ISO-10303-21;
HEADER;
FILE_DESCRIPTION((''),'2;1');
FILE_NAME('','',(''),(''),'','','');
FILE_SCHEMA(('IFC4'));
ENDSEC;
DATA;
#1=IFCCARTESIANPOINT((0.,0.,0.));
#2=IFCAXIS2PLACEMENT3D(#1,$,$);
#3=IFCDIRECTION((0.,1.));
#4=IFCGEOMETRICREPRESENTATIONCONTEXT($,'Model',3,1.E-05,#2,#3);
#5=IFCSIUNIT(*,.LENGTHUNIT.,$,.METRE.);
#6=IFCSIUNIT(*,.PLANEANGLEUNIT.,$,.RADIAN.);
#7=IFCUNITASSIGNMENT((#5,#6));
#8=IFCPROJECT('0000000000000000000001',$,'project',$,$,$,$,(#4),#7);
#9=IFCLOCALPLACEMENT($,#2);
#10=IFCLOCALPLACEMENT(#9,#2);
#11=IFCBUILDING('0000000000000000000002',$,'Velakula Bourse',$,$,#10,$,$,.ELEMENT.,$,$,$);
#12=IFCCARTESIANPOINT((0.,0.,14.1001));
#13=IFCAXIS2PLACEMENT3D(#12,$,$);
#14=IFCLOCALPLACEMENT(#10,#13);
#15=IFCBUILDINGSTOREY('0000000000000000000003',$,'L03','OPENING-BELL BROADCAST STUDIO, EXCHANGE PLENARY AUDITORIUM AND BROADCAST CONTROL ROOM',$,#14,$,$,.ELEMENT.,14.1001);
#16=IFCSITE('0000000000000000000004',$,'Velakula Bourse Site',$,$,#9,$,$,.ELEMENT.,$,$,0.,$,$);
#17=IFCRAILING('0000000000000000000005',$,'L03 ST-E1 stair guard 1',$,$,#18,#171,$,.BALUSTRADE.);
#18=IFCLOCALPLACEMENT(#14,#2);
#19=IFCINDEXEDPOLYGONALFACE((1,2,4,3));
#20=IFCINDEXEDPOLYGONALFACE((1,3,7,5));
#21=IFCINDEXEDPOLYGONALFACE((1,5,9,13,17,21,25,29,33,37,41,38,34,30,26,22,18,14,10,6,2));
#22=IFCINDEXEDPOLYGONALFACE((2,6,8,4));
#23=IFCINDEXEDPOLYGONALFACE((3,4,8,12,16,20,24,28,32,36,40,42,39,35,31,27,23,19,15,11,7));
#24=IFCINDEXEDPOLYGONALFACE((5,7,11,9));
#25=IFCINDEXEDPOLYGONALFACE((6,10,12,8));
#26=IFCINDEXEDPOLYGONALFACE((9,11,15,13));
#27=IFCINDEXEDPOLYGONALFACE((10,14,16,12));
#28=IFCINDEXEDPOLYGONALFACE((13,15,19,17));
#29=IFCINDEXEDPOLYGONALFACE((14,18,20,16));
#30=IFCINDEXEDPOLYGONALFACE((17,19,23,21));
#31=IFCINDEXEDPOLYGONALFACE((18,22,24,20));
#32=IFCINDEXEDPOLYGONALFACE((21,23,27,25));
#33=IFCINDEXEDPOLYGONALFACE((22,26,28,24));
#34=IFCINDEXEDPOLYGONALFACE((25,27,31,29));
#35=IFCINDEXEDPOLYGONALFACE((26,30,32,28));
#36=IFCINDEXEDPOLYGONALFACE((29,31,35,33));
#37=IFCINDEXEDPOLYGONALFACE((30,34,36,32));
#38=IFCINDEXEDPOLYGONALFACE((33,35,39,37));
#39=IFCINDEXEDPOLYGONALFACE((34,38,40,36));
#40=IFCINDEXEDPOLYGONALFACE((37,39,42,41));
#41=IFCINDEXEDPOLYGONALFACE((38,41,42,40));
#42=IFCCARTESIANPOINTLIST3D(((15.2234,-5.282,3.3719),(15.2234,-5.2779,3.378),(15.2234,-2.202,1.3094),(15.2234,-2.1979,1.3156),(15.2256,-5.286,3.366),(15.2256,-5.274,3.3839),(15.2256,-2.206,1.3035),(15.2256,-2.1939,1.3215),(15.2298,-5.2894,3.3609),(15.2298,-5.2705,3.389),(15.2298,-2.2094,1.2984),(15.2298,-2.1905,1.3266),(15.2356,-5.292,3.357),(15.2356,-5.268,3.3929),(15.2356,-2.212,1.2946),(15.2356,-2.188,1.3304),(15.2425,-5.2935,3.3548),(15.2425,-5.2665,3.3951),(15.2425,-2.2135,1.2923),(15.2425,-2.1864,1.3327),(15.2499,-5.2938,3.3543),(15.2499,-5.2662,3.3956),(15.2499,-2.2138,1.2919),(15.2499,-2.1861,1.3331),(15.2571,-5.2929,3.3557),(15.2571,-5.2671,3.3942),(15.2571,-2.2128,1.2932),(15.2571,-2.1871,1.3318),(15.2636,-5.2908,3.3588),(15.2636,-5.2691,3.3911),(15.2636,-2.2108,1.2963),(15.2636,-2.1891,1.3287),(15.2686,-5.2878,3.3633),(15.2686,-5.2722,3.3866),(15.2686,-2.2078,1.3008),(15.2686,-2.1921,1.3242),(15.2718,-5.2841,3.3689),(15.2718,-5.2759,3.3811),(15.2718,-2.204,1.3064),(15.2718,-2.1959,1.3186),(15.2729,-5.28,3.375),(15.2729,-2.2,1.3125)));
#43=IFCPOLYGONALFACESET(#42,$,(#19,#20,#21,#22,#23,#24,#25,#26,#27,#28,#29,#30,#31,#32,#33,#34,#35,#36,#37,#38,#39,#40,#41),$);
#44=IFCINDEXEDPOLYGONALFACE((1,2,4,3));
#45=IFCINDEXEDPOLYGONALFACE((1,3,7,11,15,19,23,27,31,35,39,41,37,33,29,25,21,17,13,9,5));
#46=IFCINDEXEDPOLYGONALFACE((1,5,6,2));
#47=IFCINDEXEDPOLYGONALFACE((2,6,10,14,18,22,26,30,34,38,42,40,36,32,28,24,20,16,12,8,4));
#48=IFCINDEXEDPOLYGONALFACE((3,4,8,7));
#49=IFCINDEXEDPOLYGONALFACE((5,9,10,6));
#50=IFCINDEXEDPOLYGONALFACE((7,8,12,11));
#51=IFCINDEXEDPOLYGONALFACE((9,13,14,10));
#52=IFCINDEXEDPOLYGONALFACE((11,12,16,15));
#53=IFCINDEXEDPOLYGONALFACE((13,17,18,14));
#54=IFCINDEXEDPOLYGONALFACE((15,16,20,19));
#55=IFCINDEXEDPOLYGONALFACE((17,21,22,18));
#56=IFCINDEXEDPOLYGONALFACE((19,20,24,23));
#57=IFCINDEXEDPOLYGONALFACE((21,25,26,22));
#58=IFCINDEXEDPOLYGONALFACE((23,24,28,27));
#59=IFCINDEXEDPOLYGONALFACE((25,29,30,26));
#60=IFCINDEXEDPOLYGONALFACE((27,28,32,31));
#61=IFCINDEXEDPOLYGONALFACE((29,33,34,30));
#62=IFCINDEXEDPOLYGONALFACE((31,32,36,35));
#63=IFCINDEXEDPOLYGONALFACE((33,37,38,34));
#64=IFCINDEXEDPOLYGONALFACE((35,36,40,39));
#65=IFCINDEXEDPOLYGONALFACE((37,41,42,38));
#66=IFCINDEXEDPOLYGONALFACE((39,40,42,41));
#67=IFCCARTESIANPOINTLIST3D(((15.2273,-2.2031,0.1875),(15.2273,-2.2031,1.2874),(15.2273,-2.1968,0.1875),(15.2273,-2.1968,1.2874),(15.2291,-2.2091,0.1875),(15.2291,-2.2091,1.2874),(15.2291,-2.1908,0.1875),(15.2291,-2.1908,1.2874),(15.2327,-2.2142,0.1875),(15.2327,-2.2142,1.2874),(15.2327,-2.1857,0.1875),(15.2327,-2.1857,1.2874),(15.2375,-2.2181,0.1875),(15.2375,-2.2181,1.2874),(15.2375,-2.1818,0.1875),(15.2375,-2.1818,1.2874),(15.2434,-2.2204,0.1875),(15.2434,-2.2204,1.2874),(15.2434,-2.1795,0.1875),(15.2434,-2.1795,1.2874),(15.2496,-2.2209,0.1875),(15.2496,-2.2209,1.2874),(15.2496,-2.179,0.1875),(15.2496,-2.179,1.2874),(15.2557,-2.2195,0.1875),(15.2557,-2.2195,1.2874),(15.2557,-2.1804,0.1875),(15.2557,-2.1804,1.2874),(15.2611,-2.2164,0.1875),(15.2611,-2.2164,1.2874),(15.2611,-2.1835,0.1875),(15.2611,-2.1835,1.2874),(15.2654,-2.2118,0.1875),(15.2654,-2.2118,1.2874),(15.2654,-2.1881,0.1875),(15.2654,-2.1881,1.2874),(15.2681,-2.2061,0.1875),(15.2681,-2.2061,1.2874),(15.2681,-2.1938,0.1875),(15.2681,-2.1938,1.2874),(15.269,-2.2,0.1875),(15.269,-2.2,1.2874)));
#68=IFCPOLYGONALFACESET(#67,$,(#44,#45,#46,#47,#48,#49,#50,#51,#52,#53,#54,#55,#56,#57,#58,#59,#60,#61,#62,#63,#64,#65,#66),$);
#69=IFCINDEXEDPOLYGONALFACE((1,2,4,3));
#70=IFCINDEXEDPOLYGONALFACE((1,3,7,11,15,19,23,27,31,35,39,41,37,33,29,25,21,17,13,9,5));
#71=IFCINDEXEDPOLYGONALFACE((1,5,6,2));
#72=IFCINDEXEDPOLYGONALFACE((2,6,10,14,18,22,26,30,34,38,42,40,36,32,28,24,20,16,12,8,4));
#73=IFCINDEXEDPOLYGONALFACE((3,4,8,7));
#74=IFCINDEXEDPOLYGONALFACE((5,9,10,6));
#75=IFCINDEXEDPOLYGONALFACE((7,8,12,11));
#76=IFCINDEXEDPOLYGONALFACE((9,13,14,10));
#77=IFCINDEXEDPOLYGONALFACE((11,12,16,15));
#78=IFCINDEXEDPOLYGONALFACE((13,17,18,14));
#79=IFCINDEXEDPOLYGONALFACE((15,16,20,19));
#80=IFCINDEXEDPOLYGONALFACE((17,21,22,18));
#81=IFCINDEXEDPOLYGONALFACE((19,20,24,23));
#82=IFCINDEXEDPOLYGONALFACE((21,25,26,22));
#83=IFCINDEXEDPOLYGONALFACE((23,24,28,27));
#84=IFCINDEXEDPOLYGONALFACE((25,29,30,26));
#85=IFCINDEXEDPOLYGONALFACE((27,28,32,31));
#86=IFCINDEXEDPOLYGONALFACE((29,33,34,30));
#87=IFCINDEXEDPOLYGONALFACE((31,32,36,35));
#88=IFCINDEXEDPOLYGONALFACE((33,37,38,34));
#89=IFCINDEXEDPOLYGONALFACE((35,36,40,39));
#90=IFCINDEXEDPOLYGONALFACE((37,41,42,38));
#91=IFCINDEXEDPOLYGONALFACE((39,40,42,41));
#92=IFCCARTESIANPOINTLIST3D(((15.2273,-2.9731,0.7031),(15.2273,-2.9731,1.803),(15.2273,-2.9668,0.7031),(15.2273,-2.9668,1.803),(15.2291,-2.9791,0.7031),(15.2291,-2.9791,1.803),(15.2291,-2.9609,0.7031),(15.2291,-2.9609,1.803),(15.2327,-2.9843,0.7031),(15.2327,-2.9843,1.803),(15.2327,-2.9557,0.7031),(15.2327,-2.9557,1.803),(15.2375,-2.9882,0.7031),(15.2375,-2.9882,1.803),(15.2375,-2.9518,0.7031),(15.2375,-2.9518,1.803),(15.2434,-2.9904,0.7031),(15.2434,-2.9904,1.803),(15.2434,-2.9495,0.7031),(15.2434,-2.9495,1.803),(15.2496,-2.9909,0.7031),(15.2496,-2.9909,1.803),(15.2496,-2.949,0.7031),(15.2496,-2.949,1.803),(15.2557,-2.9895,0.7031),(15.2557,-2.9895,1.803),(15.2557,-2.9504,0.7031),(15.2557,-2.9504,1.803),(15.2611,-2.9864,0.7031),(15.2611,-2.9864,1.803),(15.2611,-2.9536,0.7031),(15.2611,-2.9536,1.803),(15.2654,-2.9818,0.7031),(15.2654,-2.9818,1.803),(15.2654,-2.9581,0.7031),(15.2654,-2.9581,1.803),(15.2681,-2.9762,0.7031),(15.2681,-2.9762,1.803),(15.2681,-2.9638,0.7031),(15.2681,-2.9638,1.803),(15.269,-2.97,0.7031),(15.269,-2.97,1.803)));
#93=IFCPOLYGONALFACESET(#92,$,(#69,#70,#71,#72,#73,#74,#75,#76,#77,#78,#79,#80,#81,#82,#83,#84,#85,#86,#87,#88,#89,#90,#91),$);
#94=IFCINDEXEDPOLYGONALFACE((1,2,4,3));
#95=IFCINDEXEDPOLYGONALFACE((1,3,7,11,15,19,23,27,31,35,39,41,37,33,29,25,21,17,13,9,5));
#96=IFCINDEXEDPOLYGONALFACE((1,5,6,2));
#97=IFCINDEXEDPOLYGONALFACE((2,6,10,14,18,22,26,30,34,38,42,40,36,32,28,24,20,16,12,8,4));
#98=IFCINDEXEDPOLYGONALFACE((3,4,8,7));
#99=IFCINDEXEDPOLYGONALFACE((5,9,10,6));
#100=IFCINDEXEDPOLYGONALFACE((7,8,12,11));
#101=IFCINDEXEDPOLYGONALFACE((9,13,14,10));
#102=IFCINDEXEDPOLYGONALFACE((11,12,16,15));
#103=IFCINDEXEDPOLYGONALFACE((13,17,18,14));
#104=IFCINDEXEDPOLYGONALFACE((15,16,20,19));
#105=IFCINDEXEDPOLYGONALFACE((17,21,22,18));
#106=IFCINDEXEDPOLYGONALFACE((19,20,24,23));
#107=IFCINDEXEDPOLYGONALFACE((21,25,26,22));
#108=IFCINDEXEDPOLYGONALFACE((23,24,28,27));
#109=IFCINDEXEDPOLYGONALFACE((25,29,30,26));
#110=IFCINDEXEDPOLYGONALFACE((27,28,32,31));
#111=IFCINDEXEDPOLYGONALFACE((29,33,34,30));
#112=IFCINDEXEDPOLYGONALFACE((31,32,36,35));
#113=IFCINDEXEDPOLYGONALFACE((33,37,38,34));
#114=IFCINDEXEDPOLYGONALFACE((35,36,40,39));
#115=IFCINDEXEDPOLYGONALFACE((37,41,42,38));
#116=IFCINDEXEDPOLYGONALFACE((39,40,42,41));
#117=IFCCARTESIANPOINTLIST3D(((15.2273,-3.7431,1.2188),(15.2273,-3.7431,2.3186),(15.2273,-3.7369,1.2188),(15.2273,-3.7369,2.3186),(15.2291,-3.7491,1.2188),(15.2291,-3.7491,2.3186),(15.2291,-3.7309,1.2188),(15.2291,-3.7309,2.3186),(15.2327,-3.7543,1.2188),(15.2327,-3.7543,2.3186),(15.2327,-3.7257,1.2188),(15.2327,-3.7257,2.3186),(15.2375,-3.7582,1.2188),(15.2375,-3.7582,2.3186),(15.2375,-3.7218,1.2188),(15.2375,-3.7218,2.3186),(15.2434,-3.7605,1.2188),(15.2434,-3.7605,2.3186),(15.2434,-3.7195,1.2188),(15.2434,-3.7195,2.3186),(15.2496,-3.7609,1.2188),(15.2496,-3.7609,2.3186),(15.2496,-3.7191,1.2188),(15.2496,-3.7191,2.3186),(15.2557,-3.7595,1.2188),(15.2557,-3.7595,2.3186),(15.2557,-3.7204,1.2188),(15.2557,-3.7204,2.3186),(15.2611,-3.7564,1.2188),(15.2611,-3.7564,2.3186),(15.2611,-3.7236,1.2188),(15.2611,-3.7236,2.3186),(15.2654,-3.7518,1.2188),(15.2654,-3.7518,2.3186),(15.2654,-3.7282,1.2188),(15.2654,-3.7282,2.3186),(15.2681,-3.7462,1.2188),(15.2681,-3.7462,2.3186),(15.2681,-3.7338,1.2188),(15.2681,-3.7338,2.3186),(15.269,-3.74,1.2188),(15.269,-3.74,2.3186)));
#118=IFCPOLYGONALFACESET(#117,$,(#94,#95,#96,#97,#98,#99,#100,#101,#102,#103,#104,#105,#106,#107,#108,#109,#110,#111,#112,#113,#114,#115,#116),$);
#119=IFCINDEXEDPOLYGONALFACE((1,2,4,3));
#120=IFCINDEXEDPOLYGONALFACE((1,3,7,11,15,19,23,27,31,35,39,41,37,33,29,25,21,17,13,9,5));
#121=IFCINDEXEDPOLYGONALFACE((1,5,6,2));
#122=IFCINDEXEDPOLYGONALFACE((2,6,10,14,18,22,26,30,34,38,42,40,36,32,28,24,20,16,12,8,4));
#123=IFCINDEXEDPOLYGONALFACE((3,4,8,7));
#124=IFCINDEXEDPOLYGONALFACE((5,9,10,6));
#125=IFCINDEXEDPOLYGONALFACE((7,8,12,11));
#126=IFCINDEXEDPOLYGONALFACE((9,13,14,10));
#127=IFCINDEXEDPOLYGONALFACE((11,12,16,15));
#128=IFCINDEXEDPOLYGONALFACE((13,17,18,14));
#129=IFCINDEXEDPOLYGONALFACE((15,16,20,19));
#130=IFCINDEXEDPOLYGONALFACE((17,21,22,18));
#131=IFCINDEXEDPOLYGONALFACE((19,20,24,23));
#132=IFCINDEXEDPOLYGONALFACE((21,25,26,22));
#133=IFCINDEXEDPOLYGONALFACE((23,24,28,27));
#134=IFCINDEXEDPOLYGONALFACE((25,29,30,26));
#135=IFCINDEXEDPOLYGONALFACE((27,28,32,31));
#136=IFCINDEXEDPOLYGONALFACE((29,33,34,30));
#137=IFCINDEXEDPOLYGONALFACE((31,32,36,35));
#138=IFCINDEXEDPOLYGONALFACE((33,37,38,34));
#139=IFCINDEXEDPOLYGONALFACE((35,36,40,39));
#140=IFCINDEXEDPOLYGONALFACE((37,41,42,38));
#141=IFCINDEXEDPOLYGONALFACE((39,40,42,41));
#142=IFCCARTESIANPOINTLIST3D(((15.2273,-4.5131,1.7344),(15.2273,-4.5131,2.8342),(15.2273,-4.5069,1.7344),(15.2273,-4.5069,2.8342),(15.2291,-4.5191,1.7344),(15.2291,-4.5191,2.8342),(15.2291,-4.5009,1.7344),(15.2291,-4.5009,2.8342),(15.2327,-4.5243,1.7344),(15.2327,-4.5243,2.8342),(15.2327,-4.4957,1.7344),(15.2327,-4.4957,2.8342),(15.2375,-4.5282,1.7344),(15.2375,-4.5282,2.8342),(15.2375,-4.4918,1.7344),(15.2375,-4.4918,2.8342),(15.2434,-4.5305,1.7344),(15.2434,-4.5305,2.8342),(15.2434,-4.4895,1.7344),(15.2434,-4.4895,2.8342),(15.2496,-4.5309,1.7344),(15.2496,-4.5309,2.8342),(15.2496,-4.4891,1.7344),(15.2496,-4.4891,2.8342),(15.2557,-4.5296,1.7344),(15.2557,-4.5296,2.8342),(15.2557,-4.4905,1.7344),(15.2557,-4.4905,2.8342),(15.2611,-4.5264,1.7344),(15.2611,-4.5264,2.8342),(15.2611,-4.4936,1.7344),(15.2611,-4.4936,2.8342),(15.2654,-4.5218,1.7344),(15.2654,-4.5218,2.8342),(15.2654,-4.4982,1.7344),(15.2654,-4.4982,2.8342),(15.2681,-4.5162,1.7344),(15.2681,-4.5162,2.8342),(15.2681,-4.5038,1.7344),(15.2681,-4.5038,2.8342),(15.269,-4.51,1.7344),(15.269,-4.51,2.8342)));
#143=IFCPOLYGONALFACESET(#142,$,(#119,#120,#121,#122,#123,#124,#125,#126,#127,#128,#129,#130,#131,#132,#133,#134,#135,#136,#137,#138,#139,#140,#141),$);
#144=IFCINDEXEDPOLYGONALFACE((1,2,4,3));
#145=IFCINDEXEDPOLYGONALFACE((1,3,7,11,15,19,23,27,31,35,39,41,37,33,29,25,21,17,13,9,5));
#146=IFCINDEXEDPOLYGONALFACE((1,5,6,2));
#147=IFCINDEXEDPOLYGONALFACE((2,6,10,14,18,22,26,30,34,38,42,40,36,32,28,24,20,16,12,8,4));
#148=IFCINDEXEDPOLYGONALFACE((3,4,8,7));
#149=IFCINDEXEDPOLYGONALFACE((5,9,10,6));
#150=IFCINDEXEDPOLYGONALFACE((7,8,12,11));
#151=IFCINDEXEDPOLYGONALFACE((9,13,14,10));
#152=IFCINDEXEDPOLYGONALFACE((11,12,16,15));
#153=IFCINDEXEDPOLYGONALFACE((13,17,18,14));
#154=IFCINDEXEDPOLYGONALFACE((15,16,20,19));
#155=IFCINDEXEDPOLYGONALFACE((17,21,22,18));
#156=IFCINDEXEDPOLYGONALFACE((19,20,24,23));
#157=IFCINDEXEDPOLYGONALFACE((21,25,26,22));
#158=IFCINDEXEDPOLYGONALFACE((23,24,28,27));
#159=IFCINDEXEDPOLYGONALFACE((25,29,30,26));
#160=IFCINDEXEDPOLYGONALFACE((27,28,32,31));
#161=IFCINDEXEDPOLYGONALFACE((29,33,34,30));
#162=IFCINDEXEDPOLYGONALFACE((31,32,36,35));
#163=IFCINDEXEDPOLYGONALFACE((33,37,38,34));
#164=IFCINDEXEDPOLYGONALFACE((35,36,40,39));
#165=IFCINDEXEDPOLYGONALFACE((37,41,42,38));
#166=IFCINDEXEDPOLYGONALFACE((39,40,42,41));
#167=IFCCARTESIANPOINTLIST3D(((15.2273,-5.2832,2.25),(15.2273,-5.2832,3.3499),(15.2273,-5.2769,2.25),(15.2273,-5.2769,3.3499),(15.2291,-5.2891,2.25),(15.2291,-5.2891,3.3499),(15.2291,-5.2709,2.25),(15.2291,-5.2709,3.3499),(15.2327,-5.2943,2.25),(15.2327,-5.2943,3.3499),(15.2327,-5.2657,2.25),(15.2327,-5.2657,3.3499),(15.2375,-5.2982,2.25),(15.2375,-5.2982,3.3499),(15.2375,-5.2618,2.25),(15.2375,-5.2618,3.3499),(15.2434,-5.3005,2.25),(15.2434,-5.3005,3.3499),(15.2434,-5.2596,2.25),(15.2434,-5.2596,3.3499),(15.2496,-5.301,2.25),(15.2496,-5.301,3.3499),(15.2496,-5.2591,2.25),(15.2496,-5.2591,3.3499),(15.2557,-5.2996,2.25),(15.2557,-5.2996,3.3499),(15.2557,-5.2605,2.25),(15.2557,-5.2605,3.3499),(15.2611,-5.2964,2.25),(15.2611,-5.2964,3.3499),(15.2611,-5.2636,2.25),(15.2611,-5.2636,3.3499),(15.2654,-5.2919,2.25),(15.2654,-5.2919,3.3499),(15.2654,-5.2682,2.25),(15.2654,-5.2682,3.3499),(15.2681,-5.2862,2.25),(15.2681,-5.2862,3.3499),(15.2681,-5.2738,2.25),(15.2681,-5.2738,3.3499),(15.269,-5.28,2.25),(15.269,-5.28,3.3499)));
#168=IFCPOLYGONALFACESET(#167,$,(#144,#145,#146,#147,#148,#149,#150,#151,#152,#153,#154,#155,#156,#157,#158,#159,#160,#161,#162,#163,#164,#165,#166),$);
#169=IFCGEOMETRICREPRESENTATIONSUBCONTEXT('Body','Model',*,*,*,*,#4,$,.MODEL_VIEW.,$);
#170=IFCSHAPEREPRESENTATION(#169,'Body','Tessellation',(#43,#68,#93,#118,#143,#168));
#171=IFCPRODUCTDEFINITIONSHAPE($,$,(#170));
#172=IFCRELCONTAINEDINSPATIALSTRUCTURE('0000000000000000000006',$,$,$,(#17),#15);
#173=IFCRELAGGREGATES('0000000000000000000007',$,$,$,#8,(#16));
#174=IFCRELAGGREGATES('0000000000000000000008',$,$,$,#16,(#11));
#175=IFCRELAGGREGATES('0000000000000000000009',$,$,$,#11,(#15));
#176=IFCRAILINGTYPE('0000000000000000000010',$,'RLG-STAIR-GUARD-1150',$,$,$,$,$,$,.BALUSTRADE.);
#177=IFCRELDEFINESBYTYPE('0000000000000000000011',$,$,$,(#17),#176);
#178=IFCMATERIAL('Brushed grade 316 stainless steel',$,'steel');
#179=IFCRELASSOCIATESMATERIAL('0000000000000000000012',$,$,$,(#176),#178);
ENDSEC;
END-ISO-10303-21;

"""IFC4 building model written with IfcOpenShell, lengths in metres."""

from ifc_helpers import new_model, si_unit, direction, frame, origin, origin_2d, place, context, subcontext, project, spatial, circle, extrude, material, type_object, element, save


model = new_model("IFC4")

# Units and contexts
model_context = context("Model", 3, precision=1e-05, world=origin(), true_north=direction((0.0, 1.0)))
body_context = subcontext(model_context, "Body", "Model", "MODEL_VIEW")
ifc_project = project(units=[si_unit("LENGTHUNIT", "METRE"), si_unit("PLANEANGLEUNIT", "RADIAN")], contexts=[model_context])

# Site, building, storey
site_placement = place(None, origin())
site = spatial("IfcSite", under=ifc_project, at=site_placement, Name="Velakula Bourse Site", CompositionType="ELEMENT", RefElevation=0.0)
building_placement = place(site_placement, origin())
building = spatial("IfcBuilding", under=site, at=building_placement, Name="Velakula Bourse", CompositionType="ELEMENT")
storey_placement = place(building_placement, frame((0.0, 0.0, 14.1001)))
storey = spatial("IfcBuildingStorey", under=building, at=storey_placement, Name="L03", Description="OPENING-BELL BROADCAST STUDIO, EXCHANGE PLENARY AUDITORIUM AND BROADCAST CONTROL ROOM", CompositionType="ELEMENT", Elevation=14.1001)

# Shared definitions
ifc_material_1 = material(Name="Brushed grade 316 stainless steel", Category="steel")

# Railing
railing_type = type_object("IfcRailingType", Name="RLG-STAIR-GUARD-1150", PredefinedType="BALUSTRADE", material=ifc_material_1)
railing_1_placement = place(storey_placement, frame((15.248, -2.2, 0.1875)))
element("IfcRailing", 1, at=railing_1_placement, inside=storey, type_object=railing_type, Name="L03 ST-E1 stair guard 1", PredefinedType="BALUSTRADE", context=body_context, shape_type="SweptSolid", body=[
    extrude(circle(Radius=0.0249, at=origin_2d()), frame((0.0, 0.0, 1.125), z_axis=(0.0, -0.830914, 0.556401), x_axis=(1.0, 0.0, 0.0)), (0.0, 0.0, 1.0), 3.7068),
    extrude(circle(Radius=0.021, at=origin_2d()), origin(), (0.0, 0.0, 1.0), 1.0999),
    extrude(circle(Radius=0.021, at=origin_2d()), frame((0.0, -0.77, 0.5156)), (0.0, 0.0, 1.0), 1.0999),
    extrude(circle(Radius=0.021, at=origin_2d()), frame((0.0, -1.54, 1.0312)), (0.0, 0.0, 1.0), 1.0999),
    extrude(circle(Radius=0.021, at=origin_2d()), frame((0.0, -2.3101, 1.5469)), (0.0, 0.0, 1.0), 1.0999),
    extrude(circle(Radius=0.021, at=origin_2d()), frame((0.0, -3.0801, 2.0625)), (0.0, 0.0, 1.0), 1.0999),
])

save(model, "model.ifc")
